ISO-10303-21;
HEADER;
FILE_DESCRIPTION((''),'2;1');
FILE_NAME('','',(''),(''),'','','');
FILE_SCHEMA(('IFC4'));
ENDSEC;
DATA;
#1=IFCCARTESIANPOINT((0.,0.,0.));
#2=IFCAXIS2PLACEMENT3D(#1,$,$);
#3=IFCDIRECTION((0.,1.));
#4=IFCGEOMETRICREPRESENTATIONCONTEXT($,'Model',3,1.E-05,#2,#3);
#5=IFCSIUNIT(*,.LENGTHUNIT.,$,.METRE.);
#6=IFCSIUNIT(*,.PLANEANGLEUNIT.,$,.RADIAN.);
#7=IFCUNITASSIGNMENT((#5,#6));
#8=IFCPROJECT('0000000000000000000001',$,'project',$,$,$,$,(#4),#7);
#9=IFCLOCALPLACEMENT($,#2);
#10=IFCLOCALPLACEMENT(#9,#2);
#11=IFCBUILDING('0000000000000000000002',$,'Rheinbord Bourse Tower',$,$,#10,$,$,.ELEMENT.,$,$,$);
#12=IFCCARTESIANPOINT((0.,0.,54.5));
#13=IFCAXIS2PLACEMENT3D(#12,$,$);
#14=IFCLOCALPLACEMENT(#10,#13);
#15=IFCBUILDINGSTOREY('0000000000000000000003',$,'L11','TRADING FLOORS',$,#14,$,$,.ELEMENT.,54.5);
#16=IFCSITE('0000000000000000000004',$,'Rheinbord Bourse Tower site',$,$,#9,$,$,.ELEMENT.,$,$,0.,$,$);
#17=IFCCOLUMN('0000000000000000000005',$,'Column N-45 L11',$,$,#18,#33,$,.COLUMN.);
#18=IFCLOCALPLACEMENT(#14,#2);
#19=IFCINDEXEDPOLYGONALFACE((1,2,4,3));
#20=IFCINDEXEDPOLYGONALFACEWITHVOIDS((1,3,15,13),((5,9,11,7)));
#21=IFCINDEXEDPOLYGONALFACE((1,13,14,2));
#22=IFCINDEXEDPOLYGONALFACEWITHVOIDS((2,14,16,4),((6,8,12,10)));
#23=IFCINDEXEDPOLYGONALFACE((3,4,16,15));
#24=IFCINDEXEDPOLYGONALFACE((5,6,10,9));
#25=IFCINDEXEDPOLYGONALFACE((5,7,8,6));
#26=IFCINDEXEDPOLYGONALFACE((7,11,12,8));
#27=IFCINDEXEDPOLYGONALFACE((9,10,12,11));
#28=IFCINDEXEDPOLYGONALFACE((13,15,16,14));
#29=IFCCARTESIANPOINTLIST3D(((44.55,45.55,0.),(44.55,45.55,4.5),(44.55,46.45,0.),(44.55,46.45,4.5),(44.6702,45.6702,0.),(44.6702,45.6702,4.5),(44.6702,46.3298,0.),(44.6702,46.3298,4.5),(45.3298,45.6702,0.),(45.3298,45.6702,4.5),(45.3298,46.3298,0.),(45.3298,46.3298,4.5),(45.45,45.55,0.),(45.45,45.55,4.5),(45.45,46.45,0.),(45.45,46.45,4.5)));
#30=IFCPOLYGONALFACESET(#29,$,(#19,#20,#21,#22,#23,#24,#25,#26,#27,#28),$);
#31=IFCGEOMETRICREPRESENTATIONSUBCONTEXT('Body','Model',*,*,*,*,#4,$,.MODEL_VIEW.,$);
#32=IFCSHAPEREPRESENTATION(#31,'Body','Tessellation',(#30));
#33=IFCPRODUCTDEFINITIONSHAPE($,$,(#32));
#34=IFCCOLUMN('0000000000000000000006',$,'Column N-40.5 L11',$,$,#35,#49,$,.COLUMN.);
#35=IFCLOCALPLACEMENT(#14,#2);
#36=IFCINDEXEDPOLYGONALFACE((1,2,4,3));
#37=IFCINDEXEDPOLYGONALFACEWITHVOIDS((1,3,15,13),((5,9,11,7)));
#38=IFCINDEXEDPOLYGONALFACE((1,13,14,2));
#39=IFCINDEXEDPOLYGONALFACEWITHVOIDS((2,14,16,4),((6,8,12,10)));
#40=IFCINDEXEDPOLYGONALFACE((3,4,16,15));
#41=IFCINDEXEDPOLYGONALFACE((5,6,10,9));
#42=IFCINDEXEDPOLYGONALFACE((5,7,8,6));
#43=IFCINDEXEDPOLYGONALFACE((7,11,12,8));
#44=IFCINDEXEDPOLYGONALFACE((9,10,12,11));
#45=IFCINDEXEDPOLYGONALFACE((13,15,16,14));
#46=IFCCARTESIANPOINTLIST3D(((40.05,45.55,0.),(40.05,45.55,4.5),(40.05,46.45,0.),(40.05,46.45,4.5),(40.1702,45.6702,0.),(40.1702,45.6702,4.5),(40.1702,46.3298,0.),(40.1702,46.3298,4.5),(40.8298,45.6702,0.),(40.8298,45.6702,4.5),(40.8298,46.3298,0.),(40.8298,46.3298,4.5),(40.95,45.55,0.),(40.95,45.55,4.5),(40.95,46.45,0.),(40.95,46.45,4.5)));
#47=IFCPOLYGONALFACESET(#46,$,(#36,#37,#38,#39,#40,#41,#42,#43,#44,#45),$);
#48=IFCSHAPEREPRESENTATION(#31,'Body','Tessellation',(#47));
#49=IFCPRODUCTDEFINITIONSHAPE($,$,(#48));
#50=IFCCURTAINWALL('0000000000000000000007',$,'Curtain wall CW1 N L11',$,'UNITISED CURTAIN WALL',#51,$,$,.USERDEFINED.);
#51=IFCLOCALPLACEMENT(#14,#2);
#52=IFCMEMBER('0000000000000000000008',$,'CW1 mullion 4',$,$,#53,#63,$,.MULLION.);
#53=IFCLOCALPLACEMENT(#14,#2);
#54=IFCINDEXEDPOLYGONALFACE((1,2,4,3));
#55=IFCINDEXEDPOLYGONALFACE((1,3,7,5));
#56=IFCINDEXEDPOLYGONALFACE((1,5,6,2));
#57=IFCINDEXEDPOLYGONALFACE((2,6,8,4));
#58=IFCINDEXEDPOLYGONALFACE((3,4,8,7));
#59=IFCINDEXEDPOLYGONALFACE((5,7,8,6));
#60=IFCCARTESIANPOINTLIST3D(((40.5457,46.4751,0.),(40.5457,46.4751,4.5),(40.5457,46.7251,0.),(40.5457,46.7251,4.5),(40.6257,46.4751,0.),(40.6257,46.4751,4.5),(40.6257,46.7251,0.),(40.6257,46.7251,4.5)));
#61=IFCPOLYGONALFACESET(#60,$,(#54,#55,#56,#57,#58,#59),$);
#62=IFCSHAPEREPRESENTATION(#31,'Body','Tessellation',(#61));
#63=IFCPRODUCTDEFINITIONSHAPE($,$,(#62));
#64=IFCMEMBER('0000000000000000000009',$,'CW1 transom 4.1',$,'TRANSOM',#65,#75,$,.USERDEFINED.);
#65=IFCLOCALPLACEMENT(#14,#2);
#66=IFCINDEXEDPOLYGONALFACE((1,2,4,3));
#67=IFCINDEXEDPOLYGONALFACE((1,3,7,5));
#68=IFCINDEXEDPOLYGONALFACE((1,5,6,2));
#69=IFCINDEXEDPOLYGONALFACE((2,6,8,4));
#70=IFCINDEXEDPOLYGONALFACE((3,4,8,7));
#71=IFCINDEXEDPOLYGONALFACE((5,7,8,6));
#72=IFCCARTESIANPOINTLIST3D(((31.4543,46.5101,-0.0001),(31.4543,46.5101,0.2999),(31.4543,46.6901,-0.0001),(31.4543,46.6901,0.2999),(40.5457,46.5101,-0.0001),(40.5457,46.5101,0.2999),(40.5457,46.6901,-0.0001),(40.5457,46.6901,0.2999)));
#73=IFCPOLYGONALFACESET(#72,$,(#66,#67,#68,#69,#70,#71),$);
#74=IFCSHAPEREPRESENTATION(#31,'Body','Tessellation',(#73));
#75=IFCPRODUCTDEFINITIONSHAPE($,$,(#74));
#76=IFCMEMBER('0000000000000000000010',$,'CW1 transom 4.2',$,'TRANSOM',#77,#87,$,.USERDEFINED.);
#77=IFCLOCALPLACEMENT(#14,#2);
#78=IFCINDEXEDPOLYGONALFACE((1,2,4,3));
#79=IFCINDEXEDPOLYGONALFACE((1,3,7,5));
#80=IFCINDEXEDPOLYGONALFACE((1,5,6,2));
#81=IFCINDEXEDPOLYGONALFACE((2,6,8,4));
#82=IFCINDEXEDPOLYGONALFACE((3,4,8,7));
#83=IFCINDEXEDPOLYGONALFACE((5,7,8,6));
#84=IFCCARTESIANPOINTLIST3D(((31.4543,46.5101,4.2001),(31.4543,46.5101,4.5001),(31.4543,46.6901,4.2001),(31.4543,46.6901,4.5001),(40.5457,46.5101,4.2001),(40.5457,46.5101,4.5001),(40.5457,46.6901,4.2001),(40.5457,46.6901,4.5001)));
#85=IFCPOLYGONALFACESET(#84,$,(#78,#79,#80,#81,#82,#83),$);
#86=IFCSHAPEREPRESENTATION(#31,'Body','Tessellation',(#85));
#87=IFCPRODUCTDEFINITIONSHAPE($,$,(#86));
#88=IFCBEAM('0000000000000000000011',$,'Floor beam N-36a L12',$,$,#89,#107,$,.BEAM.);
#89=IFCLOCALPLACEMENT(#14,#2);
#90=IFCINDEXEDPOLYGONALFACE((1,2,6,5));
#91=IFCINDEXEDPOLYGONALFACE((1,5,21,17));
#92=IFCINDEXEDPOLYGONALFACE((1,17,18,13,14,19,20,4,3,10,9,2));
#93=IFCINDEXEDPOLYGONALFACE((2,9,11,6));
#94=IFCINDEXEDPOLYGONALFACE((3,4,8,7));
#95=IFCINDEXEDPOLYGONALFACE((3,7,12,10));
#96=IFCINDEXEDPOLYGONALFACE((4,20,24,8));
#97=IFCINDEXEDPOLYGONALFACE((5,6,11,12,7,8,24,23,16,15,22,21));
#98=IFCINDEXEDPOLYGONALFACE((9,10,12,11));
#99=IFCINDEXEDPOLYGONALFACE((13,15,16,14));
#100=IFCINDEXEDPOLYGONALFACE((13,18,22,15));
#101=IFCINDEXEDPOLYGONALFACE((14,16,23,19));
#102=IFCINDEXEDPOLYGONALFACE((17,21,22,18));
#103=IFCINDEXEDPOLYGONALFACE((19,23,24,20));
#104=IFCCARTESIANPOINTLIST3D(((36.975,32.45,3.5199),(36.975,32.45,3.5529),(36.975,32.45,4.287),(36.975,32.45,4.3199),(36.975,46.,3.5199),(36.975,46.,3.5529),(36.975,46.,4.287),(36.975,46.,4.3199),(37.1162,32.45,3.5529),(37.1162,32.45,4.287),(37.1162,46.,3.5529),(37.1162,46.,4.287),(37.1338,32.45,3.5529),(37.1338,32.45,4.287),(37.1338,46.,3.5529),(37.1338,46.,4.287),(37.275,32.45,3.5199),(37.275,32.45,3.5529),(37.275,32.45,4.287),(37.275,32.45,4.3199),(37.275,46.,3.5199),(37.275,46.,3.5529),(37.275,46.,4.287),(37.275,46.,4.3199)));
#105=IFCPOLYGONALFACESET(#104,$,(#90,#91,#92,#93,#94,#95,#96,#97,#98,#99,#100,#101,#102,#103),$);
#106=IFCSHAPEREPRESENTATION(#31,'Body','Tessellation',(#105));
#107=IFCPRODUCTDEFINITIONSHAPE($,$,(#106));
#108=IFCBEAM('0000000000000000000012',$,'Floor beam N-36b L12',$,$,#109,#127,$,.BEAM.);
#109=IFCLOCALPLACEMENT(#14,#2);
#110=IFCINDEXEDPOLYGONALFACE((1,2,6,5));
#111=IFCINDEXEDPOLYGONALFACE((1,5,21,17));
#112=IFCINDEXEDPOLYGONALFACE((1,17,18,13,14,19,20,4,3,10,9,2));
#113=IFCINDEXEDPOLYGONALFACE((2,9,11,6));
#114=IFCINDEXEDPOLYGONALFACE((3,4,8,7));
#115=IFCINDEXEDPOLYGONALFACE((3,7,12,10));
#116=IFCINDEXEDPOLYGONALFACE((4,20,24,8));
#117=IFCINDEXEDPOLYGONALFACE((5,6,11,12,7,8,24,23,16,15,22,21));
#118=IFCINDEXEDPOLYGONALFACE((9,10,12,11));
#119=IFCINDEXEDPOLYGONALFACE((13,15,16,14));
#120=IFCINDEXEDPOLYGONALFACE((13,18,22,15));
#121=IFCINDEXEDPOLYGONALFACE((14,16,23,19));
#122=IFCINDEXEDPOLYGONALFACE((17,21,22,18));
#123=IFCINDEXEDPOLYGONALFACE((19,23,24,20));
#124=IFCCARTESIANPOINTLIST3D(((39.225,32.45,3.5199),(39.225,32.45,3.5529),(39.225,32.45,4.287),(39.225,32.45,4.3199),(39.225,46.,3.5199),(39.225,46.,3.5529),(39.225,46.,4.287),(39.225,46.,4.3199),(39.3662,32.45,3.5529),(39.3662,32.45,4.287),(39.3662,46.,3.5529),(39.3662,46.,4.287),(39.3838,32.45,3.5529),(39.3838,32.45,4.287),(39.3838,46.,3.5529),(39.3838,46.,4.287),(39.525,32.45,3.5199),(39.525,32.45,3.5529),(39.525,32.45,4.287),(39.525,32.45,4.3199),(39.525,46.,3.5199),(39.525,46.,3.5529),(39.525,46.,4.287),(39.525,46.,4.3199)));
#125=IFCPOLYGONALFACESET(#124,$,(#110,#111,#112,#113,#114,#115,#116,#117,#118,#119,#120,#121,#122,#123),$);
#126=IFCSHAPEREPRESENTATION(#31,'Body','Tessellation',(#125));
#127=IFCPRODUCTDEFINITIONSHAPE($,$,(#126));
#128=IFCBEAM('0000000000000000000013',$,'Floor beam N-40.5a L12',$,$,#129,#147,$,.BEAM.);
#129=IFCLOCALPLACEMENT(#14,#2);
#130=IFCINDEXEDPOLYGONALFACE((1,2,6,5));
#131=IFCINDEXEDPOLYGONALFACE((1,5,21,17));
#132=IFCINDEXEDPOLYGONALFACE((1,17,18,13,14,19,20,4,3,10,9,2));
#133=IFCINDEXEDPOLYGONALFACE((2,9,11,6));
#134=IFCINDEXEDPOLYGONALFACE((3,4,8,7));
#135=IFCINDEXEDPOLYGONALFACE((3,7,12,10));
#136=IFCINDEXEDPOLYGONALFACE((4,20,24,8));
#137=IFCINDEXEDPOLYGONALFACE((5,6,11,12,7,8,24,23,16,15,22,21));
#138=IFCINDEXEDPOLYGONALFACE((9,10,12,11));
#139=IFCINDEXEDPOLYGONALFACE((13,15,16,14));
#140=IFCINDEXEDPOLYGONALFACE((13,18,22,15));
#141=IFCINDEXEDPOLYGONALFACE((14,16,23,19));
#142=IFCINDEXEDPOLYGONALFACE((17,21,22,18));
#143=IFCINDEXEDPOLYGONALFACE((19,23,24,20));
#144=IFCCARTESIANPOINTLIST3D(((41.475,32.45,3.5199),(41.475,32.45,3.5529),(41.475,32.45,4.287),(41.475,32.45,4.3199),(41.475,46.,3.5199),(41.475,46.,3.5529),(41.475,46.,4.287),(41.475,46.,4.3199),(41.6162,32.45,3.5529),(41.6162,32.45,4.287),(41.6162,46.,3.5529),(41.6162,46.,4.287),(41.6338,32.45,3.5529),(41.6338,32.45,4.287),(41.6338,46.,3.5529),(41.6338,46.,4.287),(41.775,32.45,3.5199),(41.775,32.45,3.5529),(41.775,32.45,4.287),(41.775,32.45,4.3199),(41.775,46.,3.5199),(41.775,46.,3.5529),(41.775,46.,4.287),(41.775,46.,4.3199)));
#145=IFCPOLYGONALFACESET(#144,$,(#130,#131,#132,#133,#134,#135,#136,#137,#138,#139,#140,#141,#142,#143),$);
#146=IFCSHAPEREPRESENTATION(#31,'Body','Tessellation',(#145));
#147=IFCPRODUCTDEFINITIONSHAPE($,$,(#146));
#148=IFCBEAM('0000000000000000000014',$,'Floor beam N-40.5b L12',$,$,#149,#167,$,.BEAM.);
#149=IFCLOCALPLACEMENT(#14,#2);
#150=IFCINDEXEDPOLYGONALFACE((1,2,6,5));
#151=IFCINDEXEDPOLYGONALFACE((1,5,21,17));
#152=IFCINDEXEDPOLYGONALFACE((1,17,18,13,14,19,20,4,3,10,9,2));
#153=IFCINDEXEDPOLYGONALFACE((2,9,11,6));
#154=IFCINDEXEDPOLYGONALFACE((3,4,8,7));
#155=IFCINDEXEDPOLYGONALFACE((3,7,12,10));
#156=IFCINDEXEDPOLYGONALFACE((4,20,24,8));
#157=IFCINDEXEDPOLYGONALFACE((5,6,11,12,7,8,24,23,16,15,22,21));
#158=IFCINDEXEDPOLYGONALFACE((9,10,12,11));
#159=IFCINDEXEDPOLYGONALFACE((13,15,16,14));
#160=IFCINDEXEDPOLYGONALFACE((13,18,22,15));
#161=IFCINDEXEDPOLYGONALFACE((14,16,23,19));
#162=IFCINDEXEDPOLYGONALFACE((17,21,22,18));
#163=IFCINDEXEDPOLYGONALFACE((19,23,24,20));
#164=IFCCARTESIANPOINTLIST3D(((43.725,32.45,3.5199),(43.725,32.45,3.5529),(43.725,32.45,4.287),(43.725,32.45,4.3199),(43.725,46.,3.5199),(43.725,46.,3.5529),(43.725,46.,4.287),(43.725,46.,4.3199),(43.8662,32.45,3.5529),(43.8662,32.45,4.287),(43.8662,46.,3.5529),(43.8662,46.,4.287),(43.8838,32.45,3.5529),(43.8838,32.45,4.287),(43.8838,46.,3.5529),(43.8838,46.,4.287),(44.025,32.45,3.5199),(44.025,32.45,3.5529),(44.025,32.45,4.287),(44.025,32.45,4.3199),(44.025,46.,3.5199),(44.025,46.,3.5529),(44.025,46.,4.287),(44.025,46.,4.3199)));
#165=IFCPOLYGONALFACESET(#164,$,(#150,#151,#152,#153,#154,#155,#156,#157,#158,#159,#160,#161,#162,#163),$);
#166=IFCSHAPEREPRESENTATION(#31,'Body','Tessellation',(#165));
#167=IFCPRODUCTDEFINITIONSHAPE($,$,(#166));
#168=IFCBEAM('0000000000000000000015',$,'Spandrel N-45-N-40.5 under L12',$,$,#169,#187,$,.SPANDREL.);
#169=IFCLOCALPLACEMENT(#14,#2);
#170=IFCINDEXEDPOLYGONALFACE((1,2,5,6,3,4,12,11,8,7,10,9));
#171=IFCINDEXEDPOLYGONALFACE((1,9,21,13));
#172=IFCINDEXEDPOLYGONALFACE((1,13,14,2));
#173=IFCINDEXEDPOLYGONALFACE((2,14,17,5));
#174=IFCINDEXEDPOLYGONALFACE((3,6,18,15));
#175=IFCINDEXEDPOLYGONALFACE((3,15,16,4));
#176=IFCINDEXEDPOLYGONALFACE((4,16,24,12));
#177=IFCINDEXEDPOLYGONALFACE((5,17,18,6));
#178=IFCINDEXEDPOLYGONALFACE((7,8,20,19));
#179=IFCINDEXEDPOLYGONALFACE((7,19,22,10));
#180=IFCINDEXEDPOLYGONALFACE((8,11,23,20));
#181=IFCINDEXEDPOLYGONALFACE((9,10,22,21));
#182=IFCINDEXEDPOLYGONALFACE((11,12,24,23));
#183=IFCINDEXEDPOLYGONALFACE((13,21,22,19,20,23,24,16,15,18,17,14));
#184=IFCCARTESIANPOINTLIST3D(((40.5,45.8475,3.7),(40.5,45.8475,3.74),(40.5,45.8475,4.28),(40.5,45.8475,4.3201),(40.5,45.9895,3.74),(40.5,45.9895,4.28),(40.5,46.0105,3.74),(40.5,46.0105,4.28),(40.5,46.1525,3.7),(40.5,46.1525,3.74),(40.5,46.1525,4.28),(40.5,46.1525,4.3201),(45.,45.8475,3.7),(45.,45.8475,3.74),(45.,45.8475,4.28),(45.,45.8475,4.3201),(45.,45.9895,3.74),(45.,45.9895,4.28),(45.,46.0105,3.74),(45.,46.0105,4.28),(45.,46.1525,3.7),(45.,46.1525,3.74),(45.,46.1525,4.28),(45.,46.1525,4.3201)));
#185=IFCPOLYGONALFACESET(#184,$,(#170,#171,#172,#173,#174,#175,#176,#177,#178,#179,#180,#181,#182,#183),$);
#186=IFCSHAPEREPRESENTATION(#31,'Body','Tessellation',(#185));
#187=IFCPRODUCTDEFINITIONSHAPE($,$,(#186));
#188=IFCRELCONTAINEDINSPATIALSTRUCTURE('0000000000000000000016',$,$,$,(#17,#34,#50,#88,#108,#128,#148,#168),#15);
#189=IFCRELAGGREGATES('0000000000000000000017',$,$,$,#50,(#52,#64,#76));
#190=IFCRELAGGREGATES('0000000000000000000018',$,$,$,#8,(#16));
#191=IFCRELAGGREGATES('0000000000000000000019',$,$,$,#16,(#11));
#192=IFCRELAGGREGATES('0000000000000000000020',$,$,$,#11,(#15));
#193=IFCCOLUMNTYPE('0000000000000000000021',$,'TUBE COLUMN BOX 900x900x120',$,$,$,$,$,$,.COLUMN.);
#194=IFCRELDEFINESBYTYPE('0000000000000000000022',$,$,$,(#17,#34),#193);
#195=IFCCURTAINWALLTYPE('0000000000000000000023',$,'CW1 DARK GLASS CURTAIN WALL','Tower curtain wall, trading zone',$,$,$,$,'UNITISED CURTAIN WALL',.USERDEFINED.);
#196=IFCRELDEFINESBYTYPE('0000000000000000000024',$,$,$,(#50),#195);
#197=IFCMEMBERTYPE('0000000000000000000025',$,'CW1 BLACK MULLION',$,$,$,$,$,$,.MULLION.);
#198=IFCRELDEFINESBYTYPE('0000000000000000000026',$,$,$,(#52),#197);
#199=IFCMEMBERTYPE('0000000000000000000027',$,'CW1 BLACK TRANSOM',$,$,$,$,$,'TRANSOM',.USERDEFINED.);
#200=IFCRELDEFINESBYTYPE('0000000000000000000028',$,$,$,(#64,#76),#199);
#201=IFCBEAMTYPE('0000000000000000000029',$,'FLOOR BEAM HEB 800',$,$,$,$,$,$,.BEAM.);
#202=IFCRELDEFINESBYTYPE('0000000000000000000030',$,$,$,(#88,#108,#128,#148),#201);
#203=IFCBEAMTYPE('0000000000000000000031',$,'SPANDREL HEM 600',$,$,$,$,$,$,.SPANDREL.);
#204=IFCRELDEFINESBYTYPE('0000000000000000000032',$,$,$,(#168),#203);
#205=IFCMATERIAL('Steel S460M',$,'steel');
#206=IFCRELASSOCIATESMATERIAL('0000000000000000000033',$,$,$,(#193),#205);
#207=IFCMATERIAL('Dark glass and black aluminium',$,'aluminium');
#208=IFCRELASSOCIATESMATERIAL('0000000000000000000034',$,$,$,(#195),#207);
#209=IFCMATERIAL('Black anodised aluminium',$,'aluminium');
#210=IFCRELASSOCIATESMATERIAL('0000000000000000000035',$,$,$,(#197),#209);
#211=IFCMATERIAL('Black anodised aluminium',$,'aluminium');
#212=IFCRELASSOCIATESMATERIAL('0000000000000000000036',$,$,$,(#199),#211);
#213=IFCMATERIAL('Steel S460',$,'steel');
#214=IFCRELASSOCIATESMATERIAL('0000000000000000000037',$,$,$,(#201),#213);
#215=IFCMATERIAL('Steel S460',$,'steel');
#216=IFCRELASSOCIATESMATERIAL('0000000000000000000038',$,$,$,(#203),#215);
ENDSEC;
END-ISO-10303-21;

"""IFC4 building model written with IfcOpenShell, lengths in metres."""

from ifc_helpers import new_model, si_unit, direction, frame, origin, origin_2d, place, context, subcontext, project, spatial, rectangle, hollow_rectangle, i_section, extrude, material, material_profile, profile_set, type_object, element, aggregate, save


model = new_model("IFC4")

# Units and contexts
model_context = context("Model", 3, precision=1e-05, world=origin(), true_north=direction((0.0, 1.0)))
body_context = subcontext(model_context, "Body", "Model", "MODEL_VIEW")
ifc_project = project(units=[si_unit("LENGTHUNIT", "METRE"), si_unit("PLANEANGLEUNIT", "RADIAN")], contexts=[model_context])

# Site, building, storey
site_placement = place(None, origin())
site = spatial("IfcSite", under=ifc_project, at=site_placement, Name="Rheinbord Bourse Tower site", CompositionType="ELEMENT", RefElevation=0.0)
building_placement = place(site_placement, origin())
building = spatial("IfcBuilding", under=site, at=building_placement, Name="Rheinbord Bourse Tower", CompositionType="ELEMENT")
storey_placement = place(building_placement, frame((0.0, 0.0, 54.5)))
storey = spatial("IfcBuildingStorey", under=building, at=storey_placement, Name="L11", Description="TRADING FLOORS", CompositionType="ELEMENT", Elevation=54.5)

# Columns
ifc_material_1 = material(Name="Steel S460M", Category="steel")
ifc_material_profile_1 = material_profile(ifc_material_1, hollow_rectangle(XDim=0.8999, YDim=0.8999, WallThickness=0.1201, at=origin_2d()), Name="BOX 900x900x120")
ifc_profile_set_1 = profile_set([ifc_material_profile_1], Name="Steel S460M")
column_type = type_object("IfcColumnType", Name="TUBE COLUMN BOX 900x900x120", PredefinedType="COLUMN", material=ifc_profile_set_1)
for number, where, z_axis, x_axis, name in (
    (1, (45.0, 46.0, 0.0), (0.0, 0.0, 1.0), (0.0, 1.0, 0.0), "Column N-45 L11"),
    (2, (40.5, 46.0, 0.0), (0.0, 0.0, 1.0), (0.0, 1.0, 0.0), "Column N-40.5 L11"),
):
    element("IfcColumn", number, at=place(storey_placement, frame(where, z_axis=z_axis, x_axis=x_axis)), inside=storey, type_object=column_type, Name=name, PredefinedType="COLUMN", context=body_context, shape_type="SweptSolid", body=[
        extrude(hollow_rectangle(XDim=0.8999, YDim=0.8999, WallThickness=0.1201, at=origin_2d()), origin(), (0.0, 0.0, 1.0), 4.5),
    ])

# Curtain wall, members
ifc_material_2 = material(Name="Dark glass and black aluminium", Category="aluminium")
curtain_wall_type = type_object("IfcCurtainWallType", Name="CW1 DARK GLASS CURTAIN WALL", Description="Tower curtain wall, trading zone", ElementType="UNITISED CURTAIN WALL", PredefinedType="USERDEFINED", material=ifc_material_2)
curtain_wall_placement = place(storey_placement, origin())
curtain_wall = element("IfcCurtainWall", 3, at=curtain_wall_placement, inside=storey, type_object=curtain_wall_type, Name="Curtain wall CW1 N L11", ObjectType="UNITISED CURTAIN WALL", PredefinedType="USERDEFINED")
ifc_material_3 = material(Name="Black anodised aluminium", Category="aluminium")
ifc_material_profile_2 = material_profile(ifc_material_3, rectangle(XDim=0.25, YDim=0.0801, at=origin_2d()), Name="CW1 MULLION 80x250")
ifc_profile_set_2 = profile_set([ifc_material_profile_2], Name="Black anodised aluminium")
member_type_1 = type_object("IfcMemberType", Name="CW1 BLACK MULLION", PredefinedType="MULLION", material=ifc_profile_set_2)
member_1_placement = place(storey_placement, frame((40.5857, 46.6001, 0.0), z_axis=(0.0, 0.0, 1.0), x_axis=(0.0, -1.0, 0.0)))
member_1 = element("IfcMember", 4, at=member_1_placement, type_object=member_type_1, Name="CW1 mullion 4", PredefinedType="MULLION", context=body_context, shape_type="SweptSolid", body=[
    extrude(rectangle(XDim=0.25, YDim=0.0801, at=origin_2d()), origin(), (0.0, 0.0, 1.0), 4.5),
])
ifc_material_4 = material(Name="Black anodised aluminium", Category="aluminium")
ifc_material_profile_3 = material_profile(ifc_material_4, rectangle(XDim=0.1799, YDim=0.3, at=origin_2d()), Name="CW1 TRANSOM 300x180")
ifc_profile_set_3 = profile_set([ifc_material_profile_3], Name="Black anodised aluminium")
member_type_2 = type_object("IfcMemberType", Name="CW1 BLACK TRANSOM", ElementType="TRANSOM", PredefinedType="USERDEFINED", material=ifc_profile_set_3)
member_2_placement = place(storey_placement, frame((40.5457, 46.6001, 0.1499), z_axis=(-1.0, 0.0, 0.0), x_axis=(0.0, -1.0, 0.0)))
member_2 = element("IfcMember", 5, at=member_2_placement, type_object=member_type_2, Name="CW1 transom 4.1", ObjectType="TRANSOM", PredefinedType="USERDEFINED", context=body_context, shape_type="SweptSolid", body=[
    extrude(rectangle(XDim=0.1799, YDim=0.3, at=origin_2d()), origin(), (0.0, 0.0, 1.0), 9.0913),
])
member_3_placement = place(storey_placement, frame((40.5457, 46.6001, 4.3501), z_axis=(-1.0, 0.0, 0.0), x_axis=(0.0, -1.0, 0.0)))
member_3 = element("IfcMember", 6, at=member_3_placement, type_object=member_type_2, Name="CW1 transom 4.2", ObjectType="TRANSOM", PredefinedType="USERDEFINED", context=body_context, shape_type="SweptSolid", body=[
    extrude(rectangle(XDim=0.1799, YDim=0.3, at=origin_2d()), origin(), (0.0, 0.0, 1.0), 9.0913),
])

# Beams
ifc_material_5 = material(Name="Steel S460", Category="steel")
ifc_material_profile_4 = material_profile(ifc_material_5, i_section(OverallWidth=0.3, OverallDepth=0.8, WebThickness=0.0176, FlangeThickness=0.033, at=origin_2d()), Name="HEB 800")
ifc_profile_set_4 = profile_set([ifc_material_profile_4], Name="Steel S460")
beam_type_1 = type_object("IfcBeamType", Name="FLOOR BEAM HEB 800", PredefinedType="BEAM", material=ifc_profile_set_4)
for number, where, z_axis, x_axis, name in (
    (7, (37.125, 46.0, 3.9199), (0.0, -1.0, 0.0), (1.0, 0.0, 0.0), "Floor beam N-36a L12"),
    (8, (39.375, 46.0, 3.9199), (0.0, -1.0, 0.0), (1.0, 0.0, 0.0), "Floor beam N-36b L12"),
    (9, (41.625, 46.0, 3.9199), (0.0, -1.0, 0.0), (1.0, 0.0, 0.0), "Floor beam N-40.5a L12"),
    (10, (43.875, 46.0, 3.9199), (0.0, -1.0, 0.0), (1.0, 0.0, 0.0), "Floor beam N-40.5b L12"),
):
    element("IfcBeam", number, at=place(storey_placement, frame(where, z_axis=z_axis, x_axis=x_axis)), inside=storey, type_object=beam_type_1, Name=name, PredefinedType="BEAM", context=body_context, shape_type="SweptSolid", body=[
        extrude(i_section(OverallWidth=0.3, OverallDepth=0.8, WebThickness=0.0176, FlangeThickness=0.033, at=origin_2d()), origin(), (0.0, 0.0, 1.0), 13.55),
    ])
ifc_material_6 = material(Name="Steel S460", Category="steel")
ifc_material_profile_5 = material_profile(ifc_material_6, i_section(OverallWidth=0.3049, OverallDepth=0.6201, WebThickness=0.021, FlangeThickness=0.04, at=origin_2d()), Name="HEM 600")
ifc_profile_set_5 = profile_set([ifc_material_profile_5], Name="Steel S460")
beam_type_2 = type_object("IfcBeamType", Name="SPANDREL HEM 600", PredefinedType="SPANDREL", material=ifc_profile_set_5)
for number, where, z_axis, x_axis, name in (
    (11, (45.0, 46.0, 4.01), (-1.0, 0.0, 0.0), (0.0, -1.0, 0.0), "Spandrel N-45-N-40.5 under L12"),
):
    element("IfcBeam", number, at=place(storey_placement, frame(where, z_axis=z_axis, x_axis=x_axis)), inside=storey, type_object=beam_type_2, Name=name, PredefinedType="SPANDREL", context=body_context, shape_type="SweptSolid", body=[
        extrude(i_section(OverallWidth=0.3049, OverallDepth=0.6201, WebThickness=0.021, FlangeThickness=0.04, at=origin_2d()), origin(), (0.0, 0.0, 1.0), 4.5),
    ])

aggregate(curtain_wall, [member_1, member_2, member_3])

save(model, "model.ifc")
